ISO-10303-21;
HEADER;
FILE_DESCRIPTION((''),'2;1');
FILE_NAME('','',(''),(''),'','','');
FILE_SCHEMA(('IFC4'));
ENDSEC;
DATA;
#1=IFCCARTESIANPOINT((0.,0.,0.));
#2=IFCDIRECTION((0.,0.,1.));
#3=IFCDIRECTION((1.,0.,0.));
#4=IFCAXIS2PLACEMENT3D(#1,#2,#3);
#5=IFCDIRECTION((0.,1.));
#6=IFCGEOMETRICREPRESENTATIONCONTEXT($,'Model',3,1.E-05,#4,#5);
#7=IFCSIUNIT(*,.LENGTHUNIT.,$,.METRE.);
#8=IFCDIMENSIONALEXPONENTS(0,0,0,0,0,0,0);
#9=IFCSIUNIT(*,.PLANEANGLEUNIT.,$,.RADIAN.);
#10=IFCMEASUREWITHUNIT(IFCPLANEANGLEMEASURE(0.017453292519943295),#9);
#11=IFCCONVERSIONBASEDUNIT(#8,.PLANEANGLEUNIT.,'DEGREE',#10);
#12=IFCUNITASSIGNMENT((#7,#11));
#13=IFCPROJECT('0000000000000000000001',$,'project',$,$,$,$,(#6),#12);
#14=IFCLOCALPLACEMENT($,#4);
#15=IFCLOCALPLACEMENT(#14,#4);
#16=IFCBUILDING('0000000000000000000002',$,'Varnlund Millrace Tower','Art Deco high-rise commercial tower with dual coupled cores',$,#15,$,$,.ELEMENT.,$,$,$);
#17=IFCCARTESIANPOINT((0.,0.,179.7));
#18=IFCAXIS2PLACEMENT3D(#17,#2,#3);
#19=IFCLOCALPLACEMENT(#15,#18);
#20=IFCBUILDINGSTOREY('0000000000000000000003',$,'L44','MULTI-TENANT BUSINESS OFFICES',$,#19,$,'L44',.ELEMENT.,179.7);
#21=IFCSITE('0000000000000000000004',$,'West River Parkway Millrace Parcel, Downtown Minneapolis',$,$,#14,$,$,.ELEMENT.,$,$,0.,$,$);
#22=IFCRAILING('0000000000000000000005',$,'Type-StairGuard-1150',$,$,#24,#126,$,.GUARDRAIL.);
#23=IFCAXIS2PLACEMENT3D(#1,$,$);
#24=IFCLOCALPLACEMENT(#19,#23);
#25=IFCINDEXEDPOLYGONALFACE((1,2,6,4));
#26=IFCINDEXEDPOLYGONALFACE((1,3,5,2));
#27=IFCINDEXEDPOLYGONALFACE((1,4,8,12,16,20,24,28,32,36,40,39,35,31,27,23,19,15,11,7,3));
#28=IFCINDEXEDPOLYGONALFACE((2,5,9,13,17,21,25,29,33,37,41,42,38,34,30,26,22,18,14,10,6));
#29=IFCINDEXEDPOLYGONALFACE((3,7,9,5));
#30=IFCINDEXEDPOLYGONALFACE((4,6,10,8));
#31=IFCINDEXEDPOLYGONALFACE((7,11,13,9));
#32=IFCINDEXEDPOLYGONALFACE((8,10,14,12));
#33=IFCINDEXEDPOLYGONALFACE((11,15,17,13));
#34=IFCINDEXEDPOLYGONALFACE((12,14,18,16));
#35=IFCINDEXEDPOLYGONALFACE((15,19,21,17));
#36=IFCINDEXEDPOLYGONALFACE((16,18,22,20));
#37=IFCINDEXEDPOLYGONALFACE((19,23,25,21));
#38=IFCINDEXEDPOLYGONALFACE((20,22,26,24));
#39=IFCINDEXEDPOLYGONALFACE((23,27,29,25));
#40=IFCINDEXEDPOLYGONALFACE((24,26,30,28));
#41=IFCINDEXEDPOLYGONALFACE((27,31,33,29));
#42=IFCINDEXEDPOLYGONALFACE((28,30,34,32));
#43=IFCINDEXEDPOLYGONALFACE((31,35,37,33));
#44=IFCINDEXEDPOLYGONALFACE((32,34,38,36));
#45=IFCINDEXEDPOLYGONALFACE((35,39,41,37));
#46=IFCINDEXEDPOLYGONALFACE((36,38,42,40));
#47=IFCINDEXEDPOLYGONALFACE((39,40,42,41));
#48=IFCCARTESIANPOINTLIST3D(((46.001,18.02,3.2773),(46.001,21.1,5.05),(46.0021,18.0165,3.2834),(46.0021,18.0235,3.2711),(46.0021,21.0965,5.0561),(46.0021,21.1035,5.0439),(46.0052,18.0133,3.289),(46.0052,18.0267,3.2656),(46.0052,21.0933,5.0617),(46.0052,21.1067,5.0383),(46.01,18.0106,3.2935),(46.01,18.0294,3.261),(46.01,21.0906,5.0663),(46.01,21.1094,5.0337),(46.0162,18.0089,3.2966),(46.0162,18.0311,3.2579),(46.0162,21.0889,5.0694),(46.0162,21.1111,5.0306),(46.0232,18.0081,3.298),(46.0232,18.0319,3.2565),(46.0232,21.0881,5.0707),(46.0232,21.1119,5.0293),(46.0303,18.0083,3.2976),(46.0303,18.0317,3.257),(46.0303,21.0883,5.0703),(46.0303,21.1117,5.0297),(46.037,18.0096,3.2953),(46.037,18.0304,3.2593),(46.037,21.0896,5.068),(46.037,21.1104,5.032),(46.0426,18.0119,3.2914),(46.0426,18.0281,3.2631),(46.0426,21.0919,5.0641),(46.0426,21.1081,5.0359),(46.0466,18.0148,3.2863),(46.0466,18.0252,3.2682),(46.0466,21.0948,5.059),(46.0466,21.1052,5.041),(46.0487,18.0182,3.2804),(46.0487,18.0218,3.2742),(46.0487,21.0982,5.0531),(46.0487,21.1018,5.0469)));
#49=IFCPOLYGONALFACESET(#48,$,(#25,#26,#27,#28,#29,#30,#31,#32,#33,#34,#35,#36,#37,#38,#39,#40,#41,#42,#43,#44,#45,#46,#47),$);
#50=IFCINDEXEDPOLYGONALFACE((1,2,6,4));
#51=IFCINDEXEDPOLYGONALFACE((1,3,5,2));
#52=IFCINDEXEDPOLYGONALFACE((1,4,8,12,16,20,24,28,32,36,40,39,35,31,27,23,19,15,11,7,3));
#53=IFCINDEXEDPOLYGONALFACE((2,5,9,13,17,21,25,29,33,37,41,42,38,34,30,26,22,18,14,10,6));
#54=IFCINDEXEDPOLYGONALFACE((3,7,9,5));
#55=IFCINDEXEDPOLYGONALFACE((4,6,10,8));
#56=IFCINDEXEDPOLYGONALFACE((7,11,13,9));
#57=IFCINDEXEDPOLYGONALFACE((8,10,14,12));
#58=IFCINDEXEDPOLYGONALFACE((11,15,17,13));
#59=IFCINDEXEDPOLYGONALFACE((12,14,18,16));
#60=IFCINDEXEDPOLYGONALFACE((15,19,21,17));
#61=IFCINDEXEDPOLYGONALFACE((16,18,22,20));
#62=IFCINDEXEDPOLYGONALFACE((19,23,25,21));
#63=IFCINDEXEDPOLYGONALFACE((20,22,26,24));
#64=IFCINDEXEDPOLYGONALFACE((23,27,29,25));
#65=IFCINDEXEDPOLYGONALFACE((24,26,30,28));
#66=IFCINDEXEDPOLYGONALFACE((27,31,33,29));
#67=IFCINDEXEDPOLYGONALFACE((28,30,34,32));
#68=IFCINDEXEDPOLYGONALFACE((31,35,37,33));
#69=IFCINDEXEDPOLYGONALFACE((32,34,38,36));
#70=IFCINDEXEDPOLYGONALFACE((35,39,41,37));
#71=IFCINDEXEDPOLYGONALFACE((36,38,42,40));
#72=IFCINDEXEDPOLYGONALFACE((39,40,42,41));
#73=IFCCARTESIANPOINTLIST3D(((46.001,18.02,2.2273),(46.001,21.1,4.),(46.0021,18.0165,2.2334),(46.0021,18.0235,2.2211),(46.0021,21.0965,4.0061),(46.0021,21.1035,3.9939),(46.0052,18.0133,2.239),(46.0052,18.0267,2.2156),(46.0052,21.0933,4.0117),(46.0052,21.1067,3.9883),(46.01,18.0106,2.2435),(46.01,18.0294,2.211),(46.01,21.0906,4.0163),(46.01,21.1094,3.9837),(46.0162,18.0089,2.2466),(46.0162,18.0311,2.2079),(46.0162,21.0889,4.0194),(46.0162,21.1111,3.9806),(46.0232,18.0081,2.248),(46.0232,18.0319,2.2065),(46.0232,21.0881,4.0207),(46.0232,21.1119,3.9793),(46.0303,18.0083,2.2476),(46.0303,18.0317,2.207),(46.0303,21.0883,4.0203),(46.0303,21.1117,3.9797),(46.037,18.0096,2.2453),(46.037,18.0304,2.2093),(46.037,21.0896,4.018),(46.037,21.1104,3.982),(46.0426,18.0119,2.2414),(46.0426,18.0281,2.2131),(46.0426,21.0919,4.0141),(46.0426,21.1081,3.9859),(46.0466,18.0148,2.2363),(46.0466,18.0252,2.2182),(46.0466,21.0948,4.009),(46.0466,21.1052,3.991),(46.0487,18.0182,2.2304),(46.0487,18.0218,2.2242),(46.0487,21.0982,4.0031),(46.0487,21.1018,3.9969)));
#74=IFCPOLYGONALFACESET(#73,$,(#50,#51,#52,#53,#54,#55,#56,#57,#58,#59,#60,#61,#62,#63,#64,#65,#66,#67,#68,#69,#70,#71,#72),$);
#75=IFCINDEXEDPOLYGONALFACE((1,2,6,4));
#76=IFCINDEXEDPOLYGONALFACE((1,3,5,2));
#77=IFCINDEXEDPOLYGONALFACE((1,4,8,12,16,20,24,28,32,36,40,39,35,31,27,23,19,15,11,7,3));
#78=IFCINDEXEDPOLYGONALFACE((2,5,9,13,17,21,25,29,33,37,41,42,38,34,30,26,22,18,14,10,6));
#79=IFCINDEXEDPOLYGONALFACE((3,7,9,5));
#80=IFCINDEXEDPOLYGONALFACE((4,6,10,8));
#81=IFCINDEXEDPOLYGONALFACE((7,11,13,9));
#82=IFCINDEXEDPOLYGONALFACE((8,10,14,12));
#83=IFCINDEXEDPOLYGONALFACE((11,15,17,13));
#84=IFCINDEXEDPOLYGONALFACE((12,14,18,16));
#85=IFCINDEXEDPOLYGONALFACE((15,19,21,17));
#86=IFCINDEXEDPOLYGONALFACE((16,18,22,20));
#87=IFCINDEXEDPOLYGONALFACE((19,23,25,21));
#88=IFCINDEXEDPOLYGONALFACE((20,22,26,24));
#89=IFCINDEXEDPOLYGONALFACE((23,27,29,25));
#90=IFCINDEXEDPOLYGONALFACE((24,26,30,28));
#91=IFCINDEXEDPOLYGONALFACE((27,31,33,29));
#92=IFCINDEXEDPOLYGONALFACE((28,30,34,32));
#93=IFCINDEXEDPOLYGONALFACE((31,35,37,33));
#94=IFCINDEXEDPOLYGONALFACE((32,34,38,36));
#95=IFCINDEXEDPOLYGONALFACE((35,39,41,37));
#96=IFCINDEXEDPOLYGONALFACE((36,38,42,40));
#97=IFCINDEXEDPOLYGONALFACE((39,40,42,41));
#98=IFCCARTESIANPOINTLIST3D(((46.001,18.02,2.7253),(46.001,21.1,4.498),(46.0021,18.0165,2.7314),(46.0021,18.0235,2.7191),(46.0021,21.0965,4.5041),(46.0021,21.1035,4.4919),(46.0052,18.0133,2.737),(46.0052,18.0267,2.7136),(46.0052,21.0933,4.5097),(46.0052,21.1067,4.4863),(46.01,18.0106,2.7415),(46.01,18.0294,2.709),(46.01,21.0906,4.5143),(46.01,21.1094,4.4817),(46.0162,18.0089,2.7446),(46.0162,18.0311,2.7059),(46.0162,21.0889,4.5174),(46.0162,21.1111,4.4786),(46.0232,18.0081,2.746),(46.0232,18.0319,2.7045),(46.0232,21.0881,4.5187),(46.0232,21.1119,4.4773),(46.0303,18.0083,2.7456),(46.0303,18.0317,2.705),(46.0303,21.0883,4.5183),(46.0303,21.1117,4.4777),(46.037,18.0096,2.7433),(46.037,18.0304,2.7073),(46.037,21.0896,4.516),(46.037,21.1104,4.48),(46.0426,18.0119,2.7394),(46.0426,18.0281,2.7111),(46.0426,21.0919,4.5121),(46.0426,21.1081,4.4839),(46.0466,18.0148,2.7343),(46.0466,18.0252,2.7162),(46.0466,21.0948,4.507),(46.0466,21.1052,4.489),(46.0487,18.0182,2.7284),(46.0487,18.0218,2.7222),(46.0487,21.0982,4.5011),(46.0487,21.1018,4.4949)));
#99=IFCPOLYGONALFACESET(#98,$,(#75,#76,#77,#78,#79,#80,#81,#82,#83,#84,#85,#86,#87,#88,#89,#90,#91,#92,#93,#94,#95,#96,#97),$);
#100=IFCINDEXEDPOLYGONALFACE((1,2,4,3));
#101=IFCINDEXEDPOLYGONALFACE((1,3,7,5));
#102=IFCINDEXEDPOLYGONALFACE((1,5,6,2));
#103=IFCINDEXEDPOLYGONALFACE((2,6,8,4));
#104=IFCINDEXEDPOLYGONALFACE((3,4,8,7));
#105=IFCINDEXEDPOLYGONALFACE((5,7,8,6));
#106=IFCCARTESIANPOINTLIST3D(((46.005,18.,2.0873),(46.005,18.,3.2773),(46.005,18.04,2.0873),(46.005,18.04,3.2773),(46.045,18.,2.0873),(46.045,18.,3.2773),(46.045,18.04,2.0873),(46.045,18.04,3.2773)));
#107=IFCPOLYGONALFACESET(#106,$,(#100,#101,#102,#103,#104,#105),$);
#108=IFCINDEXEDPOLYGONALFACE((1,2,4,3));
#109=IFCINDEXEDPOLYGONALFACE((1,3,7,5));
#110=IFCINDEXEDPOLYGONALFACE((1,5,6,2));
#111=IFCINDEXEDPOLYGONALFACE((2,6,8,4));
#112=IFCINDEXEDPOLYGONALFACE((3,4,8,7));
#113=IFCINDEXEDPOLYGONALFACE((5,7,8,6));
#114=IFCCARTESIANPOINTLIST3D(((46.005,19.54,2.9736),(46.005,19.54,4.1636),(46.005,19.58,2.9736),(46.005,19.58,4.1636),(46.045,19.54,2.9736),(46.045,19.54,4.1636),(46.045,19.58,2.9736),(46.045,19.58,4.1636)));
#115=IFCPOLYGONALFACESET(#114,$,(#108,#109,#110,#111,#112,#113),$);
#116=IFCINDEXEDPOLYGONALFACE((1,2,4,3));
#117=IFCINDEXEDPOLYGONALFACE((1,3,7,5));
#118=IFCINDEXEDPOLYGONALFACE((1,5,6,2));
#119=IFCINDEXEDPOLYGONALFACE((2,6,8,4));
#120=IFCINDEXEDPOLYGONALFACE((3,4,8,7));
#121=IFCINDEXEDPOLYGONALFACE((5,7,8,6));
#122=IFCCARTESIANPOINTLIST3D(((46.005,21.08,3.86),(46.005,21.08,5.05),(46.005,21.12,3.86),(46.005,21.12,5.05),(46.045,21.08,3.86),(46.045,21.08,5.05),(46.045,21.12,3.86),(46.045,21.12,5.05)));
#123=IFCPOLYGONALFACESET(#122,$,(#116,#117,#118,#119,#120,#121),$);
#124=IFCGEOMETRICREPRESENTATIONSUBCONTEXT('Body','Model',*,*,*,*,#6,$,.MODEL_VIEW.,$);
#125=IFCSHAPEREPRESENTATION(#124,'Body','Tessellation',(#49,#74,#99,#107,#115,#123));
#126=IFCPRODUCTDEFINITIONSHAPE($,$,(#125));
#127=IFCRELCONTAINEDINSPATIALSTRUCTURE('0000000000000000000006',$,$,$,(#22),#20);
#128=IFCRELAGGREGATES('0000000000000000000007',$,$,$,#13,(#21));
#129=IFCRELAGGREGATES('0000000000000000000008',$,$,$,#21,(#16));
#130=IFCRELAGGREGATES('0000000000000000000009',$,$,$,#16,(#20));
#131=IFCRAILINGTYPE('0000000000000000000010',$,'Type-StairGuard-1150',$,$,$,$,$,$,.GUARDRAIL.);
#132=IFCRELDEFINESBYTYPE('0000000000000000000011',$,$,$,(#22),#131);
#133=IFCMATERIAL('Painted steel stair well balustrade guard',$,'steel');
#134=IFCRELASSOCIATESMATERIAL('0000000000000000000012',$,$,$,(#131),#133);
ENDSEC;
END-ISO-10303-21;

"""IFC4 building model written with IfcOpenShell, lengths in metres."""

from ifc_helpers import new_model, entity, si_unit, converted_unit, direction, frame, origin_with_axes, origin_2d_with_axis, place, context, subcontext, project, spatial, rectangle, circle, extrude, material, type_object, element, save


model = new_model("IFC4")

# Units and contexts
model_context = context("Model", 3, precision=1e-05, world=origin_with_axes(), true_north=direction((0.0, 1.0)))
body_context = subcontext(model_context, "Body", "Model", "MODEL_VIEW")
ifc_project = project(units=[si_unit("LENGTHUNIT", "METRE"), converted_unit("PLANEANGLEUNIT", "DEGREE", entity("IfcPlaneAngleMeasure", 0.017453292519943295), si_unit("PLANEANGLEUNIT", "RADIAN"), dimensions=[0, 0, 0, 0, 0, 0, 0])], contexts=[model_context])

# Site, building, storey
site_placement = place(None, origin_with_axes())
site = spatial("IfcSite", under=ifc_project, at=site_placement, Name="West River Parkway Millrace Parcel, Downtown Minneapolis", CompositionType="ELEMENT", RefElevation=0.0)
building_placement = place(site_placement, origin_with_axes())
building = spatial("IfcBuilding", under=site, at=building_placement, Name="Varnlund Millrace Tower", Description="Art Deco high-rise commercial tower with dual coupled cores", CompositionType="ELEMENT")
storey_placement = place(building_placement, frame((0.0, 0.0, 179.7), z_axis=(0.0, 0.0, 1.0), x_axis=(1.0, 0.0, 0.0)))
storey = spatial("IfcBuildingStorey", under=building, at=storey_placement, Name="L44", Description="MULTI-TENANT BUSINESS OFFICES", LongName="L44", CompositionType="ELEMENT", Elevation=179.7)

# Railing
ifc_material_1 = material(Name="Painted steel stair well balustrade guard", Category="steel")
railing_type_1 = type_object("IfcRailingType", Name="Type-StairGuard-1150", PredefinedType="GUARDRAIL", material=ifc_material_1)
railing_1_placement = place(storey_placement, frame((0.0, 0.0, -179.7), z_axis=(0.0, 0.0, 1.0), x_axis=(1.0, 0.0, 0.0)))
element("IfcRailing", 1, at=railing_1_placement, inside=storey, type_object=railing_type_1, Name="Type-StairGuard-1150", PredefinedType="GUARDRAIL", context=body_context, shape_type="SweptSolid", body=[
    extrude(circle(Radius=0.024, at=origin_2d_with_axis()), frame((46.025, 18.02, 182.9773), z_axis=(0.0, 0.866696, 0.498836), x_axis=(-1.0, 0.0, 0.0)), (0.0, 0.0, 1.0), 3.5537),
    extrude(circle(Radius=0.024, at=origin_2d_with_axis()), frame((46.025, 18.02, 181.9273), z_axis=(0.0, 0.866696, 0.498836), x_axis=(-1.0, 0.0, 0.0)), (0.0, 0.0, 1.0), 3.5537),
    extrude(circle(Radius=0.024, at=origin_2d_with_axis()), frame((46.025, 18.02, 182.4253), z_axis=(0.0, 0.866696, 0.498836), x_axis=(-1.0, 0.0, 0.0)), (0.0, 0.0, 1.0), 3.5537),
    extrude(rectangle(XDim=0.04, YDim=0.04, at=origin_2d_with_axis()), frame((46.025, 18.02, 181.7873), z_axis=(0.0, 0.0, 1.0), x_axis=(1.0, 0.0, 0.0)), (0.0, 0.0, 1.0), 1.19),
    extrude(rectangle(XDim=0.04, YDim=0.04, at=origin_2d_with_axis()), frame((46.025, 19.56, 182.6736), z_axis=(0.0, 0.0, 1.0), x_axis=(1.0, 0.0, 0.0)), (0.0, 0.0, 1.0), 1.19),
    extrude(rectangle(XDim=0.04, YDim=0.04, at=origin_2d_with_axis()), frame((46.025, 21.1, 183.56), z_axis=(0.0, 0.0, 1.0), x_axis=(1.0, 0.0, 0.0)), (0.0, 0.0, 1.0), 1.19),
])

save(model, "model.ifc")
